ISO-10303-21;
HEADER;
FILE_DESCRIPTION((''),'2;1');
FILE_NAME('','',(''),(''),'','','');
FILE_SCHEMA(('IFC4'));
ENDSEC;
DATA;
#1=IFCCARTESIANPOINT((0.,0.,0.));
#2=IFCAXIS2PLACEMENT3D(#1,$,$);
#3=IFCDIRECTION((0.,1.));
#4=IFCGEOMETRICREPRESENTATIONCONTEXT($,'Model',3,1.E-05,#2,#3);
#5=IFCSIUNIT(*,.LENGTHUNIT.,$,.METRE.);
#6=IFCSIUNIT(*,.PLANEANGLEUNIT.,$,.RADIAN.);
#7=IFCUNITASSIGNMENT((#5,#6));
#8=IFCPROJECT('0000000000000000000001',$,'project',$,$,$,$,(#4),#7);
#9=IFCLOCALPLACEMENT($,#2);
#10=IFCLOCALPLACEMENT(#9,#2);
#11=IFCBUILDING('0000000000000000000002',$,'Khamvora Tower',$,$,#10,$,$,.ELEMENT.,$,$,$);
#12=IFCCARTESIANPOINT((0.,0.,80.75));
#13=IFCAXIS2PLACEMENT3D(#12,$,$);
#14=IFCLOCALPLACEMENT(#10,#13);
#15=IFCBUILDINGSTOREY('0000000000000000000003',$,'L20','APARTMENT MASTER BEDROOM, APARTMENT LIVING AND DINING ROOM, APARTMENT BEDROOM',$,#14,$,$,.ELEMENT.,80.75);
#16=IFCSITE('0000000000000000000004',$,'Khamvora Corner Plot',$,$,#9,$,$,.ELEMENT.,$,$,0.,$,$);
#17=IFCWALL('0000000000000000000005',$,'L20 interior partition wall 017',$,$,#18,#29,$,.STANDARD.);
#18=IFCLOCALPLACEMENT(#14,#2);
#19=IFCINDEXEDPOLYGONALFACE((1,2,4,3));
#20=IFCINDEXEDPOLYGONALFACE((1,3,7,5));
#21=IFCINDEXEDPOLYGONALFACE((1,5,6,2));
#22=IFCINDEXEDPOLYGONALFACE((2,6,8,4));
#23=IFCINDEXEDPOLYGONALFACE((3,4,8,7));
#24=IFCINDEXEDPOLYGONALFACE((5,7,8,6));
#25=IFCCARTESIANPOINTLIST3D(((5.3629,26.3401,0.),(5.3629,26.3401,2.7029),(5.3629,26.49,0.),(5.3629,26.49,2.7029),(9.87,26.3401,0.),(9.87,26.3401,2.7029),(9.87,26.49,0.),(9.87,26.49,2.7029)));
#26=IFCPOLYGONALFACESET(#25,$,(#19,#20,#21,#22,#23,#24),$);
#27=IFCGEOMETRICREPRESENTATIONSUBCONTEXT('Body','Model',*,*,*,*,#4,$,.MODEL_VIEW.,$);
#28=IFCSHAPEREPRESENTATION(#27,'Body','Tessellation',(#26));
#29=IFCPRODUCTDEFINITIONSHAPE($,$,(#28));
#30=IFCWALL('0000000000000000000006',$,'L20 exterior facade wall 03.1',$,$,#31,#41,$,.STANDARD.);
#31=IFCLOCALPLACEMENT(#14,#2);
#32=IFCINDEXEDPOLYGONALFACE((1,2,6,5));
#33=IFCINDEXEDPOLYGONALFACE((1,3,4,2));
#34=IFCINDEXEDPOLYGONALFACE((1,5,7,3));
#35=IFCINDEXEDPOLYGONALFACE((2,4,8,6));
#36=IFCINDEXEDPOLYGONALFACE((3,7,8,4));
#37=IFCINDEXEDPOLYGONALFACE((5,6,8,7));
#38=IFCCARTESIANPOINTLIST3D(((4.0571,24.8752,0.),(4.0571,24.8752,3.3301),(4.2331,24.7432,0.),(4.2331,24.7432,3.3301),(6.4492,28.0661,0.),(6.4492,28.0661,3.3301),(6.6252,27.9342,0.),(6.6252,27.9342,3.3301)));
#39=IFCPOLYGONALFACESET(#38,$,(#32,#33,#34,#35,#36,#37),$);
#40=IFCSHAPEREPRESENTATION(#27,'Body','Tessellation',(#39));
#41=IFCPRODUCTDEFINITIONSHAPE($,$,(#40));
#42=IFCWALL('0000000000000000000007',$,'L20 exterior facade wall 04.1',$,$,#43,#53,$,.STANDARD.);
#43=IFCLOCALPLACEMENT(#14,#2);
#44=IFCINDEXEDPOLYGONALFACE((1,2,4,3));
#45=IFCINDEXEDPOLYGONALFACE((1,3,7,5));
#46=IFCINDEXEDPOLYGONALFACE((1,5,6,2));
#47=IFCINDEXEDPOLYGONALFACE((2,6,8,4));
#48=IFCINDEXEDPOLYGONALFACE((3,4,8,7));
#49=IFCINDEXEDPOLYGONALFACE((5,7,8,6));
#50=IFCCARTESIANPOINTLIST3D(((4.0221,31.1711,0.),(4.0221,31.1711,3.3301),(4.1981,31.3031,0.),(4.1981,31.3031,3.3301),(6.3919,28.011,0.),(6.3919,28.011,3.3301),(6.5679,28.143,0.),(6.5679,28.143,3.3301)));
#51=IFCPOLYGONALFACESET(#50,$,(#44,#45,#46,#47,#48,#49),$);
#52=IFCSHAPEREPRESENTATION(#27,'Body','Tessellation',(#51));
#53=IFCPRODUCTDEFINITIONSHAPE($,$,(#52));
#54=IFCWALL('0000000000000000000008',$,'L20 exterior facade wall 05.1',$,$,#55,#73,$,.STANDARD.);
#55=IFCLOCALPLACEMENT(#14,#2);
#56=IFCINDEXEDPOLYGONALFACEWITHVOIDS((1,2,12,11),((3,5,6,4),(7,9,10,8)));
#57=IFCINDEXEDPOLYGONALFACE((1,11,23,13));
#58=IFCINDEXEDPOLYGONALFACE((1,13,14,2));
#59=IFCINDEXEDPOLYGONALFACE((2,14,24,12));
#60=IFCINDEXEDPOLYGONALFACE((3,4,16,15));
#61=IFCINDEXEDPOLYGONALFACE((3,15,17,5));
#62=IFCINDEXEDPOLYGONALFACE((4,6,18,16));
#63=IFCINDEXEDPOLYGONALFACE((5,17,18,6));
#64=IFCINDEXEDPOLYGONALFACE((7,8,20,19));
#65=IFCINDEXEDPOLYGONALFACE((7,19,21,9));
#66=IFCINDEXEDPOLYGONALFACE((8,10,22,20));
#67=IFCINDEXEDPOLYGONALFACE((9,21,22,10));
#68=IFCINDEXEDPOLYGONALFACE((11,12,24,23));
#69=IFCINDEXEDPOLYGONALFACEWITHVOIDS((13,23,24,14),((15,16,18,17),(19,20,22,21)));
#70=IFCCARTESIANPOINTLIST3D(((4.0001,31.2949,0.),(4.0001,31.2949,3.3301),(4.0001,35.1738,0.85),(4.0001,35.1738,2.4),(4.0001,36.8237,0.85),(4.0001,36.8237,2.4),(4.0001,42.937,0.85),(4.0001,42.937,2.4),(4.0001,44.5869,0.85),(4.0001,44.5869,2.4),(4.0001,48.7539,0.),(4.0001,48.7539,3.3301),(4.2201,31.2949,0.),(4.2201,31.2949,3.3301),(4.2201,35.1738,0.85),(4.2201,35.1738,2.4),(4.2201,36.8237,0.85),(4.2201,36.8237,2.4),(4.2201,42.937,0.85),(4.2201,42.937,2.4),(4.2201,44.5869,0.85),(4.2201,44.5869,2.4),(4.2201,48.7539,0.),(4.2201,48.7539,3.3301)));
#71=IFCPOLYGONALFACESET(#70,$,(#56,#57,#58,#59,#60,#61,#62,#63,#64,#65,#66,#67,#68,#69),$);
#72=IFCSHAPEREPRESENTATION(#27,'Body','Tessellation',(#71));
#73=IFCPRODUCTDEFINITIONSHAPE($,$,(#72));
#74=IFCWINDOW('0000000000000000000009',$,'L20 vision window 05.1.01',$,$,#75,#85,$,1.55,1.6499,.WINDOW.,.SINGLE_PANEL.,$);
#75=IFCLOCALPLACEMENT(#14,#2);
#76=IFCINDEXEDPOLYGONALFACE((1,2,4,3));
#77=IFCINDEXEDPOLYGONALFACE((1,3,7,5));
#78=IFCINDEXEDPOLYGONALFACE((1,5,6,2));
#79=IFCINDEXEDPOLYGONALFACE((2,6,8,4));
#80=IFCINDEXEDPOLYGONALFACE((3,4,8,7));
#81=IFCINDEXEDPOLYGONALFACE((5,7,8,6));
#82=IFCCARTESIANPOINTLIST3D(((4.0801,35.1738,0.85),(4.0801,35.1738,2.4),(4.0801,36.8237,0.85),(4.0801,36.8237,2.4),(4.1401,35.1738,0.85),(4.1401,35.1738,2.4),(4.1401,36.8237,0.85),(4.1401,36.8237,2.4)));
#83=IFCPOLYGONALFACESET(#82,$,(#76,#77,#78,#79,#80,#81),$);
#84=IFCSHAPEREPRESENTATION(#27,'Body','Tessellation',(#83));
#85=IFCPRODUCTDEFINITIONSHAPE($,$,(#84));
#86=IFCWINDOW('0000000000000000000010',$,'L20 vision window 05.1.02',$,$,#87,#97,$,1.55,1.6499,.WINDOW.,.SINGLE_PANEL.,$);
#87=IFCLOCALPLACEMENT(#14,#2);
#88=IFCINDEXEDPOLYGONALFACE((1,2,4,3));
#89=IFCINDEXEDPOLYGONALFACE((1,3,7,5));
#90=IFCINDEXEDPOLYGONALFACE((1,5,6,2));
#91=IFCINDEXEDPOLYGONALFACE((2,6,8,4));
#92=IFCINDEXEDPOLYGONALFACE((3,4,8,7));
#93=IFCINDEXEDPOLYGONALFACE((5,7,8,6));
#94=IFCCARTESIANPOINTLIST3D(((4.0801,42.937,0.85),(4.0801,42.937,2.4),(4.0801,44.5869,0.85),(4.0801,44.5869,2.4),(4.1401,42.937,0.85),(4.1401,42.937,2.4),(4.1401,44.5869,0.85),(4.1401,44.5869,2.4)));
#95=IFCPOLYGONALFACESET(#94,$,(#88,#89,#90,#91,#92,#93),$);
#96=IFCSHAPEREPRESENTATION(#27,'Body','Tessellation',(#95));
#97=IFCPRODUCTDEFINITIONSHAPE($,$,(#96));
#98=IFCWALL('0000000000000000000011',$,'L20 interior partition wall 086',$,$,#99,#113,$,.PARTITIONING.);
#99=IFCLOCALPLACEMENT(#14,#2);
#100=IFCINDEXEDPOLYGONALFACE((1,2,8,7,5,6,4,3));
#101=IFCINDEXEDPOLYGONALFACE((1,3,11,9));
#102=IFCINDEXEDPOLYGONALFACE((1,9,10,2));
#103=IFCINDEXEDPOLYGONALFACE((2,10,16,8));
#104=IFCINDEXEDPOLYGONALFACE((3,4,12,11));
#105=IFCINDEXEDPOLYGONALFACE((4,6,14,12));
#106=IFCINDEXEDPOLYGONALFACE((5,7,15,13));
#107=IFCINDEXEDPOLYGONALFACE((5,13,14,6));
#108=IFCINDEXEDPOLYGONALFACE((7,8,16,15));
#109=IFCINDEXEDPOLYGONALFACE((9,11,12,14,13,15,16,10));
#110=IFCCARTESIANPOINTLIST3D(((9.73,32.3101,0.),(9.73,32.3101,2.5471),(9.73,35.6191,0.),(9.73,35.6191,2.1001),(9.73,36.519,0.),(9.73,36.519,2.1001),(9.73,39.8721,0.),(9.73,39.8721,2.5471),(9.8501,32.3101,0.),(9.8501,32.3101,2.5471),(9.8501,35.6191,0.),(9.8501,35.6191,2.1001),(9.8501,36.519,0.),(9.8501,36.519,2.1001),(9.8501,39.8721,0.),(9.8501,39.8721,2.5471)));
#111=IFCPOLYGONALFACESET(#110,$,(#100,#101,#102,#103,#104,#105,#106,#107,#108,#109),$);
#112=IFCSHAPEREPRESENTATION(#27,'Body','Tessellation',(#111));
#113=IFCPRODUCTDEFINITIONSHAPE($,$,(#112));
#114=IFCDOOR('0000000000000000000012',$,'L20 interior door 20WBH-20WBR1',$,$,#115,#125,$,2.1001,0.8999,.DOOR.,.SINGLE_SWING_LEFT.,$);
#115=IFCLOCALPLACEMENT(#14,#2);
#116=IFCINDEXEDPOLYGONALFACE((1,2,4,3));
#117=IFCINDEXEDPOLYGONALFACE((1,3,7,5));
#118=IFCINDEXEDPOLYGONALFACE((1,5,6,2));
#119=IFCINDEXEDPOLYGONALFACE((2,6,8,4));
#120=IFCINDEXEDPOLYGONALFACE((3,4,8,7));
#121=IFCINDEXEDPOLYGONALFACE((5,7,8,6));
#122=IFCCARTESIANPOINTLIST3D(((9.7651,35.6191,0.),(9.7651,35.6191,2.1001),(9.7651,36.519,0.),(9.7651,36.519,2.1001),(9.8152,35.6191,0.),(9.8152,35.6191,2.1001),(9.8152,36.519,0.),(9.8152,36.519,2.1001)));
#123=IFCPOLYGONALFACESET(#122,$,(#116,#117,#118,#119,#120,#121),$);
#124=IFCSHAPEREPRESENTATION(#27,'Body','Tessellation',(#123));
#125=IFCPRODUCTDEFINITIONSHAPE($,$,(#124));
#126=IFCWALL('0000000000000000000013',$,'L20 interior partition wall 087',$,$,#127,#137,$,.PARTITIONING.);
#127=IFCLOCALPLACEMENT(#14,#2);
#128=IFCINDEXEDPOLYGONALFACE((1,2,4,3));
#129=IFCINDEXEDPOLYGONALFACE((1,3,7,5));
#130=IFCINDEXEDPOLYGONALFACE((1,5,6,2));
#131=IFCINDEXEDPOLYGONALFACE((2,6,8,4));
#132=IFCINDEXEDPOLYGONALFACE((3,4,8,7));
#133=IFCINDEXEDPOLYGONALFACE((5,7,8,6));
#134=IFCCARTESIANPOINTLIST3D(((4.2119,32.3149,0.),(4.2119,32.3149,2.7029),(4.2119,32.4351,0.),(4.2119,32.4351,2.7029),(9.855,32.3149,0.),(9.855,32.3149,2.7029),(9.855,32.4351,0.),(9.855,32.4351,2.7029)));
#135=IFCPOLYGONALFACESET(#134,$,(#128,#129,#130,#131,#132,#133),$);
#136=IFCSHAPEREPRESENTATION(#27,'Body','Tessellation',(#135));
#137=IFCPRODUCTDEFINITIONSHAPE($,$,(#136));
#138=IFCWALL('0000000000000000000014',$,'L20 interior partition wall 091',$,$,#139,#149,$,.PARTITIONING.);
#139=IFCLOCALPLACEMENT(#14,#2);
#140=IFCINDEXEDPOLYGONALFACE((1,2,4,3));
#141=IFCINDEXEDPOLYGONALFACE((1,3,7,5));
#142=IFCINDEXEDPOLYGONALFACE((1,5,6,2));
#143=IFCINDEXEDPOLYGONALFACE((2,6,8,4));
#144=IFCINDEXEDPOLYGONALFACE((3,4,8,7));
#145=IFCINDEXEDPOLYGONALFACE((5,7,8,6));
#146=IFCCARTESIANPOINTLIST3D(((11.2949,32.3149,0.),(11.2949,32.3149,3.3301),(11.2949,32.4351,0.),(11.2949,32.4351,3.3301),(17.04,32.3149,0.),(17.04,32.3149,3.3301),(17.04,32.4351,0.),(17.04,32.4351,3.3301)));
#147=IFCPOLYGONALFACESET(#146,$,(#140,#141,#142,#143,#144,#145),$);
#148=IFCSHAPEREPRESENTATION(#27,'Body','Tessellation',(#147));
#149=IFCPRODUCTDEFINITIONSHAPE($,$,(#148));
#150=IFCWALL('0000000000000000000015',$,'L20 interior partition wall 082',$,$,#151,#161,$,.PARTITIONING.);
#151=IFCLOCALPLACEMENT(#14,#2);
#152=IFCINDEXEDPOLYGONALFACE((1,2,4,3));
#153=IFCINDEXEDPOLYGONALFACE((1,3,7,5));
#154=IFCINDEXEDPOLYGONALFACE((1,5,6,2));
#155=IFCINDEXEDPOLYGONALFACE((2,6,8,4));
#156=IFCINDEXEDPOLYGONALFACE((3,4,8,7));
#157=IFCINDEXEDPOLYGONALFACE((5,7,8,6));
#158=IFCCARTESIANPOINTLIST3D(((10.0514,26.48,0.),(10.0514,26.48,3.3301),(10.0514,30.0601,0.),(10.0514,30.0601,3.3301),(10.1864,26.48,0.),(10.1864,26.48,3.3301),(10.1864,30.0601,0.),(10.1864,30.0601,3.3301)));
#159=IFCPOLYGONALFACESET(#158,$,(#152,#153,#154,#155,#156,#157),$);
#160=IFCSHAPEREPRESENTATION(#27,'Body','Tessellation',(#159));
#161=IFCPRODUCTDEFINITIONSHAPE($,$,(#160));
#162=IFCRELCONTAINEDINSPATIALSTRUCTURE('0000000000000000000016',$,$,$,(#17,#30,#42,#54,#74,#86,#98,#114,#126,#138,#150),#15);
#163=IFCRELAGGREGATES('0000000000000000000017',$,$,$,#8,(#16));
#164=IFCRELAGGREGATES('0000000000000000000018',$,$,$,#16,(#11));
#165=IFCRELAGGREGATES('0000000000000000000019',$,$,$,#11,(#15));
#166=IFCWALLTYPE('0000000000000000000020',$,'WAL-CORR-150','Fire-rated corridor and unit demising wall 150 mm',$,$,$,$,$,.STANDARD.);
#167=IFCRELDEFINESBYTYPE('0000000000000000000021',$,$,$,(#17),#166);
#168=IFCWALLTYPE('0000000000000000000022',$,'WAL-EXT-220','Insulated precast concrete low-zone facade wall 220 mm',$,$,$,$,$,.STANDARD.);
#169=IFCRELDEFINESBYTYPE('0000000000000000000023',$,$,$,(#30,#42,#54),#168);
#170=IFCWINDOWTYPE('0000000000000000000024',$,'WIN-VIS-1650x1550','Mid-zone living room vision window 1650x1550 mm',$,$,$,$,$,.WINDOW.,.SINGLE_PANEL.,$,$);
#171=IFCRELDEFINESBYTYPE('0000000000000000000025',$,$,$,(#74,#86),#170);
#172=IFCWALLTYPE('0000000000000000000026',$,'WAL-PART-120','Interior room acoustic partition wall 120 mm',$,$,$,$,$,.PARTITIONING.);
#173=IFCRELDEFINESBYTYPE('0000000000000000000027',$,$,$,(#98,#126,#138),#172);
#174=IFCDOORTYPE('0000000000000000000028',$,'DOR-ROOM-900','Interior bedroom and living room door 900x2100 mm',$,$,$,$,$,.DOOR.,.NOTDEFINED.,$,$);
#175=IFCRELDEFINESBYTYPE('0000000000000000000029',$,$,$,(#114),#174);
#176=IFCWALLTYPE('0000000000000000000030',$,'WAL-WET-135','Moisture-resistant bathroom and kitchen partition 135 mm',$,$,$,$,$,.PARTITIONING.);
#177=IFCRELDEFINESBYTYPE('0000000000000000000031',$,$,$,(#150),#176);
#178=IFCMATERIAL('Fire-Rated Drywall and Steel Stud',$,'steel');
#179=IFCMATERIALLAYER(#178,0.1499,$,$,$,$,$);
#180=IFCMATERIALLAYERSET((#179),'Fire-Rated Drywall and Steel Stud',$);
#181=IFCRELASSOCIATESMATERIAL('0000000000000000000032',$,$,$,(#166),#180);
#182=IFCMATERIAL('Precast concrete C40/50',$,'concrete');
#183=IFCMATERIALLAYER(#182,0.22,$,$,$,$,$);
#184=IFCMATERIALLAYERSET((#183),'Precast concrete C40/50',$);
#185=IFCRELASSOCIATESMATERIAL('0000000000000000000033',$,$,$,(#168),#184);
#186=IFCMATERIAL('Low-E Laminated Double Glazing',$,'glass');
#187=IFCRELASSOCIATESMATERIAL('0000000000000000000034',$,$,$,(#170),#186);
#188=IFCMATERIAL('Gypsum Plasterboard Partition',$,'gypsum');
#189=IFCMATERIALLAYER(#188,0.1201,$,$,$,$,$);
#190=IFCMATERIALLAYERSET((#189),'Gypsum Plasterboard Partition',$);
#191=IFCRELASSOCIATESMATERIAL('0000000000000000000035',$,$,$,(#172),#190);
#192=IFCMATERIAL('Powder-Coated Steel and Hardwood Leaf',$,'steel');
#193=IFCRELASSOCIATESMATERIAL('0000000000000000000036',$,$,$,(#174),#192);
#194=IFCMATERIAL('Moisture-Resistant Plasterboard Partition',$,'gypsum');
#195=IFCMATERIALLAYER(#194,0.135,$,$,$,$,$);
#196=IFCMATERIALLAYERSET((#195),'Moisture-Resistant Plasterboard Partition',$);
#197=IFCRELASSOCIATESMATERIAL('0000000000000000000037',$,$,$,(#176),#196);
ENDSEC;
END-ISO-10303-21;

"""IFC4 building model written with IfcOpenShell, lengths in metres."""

from ifc_helpers import new_model, si_unit, direction, frame, frame_2d, origin, place, context, subcontext, project, spatial, rectangle, extrude, material, layer, layer_set, type_object, element, fill, save


model = new_model("IFC4")

# Units and contexts
model_context = context("Model", 3, precision=1e-05, world=origin(), true_north=direction((0.0, 1.0)))
body_context = subcontext(model_context, "Body", "Model", "MODEL_VIEW")
ifc_project = project(units=[si_unit("LENGTHUNIT", "METRE"), si_unit("PLANEANGLEUNIT", "RADIAN")], contexts=[model_context])

# Site, building, storey
site_placement = place(None, origin())
site = spatial("IfcSite", under=ifc_project, at=site_placement, Name="Khamvora Corner Plot", CompositionType="ELEMENT", RefElevation=0.0)
building_placement = place(site_placement, origin())
building = spatial("IfcBuilding", under=site, at=building_placement, Name="Khamvora Tower", CompositionType="ELEMENT")
storey_placement = place(building_placement, frame((0.0, 0.0, 80.75)))
storey = spatial("IfcBuildingStorey", under=building, at=storey_placement, Name="L20", Description="APARTMENT MASTER BEDROOM, APARTMENT LIVING AND DINING ROOM, APARTMENT BEDROOM", CompositionType="ELEMENT", Elevation=80.75)

# Shared definitions
ifc_material_1 = material(Name="Fire-Rated Drywall and Steel Stud", Category="steel")
ifc_layer_1 = layer(ifc_material_1, 0.1499)
ifc_layer_set_1 = layer_set([ifc_layer_1], Name="Fire-Rated Drywall and Steel Stud")
wall_type_1 = type_object("IfcWallType", Name="WAL-CORR-150", Description="Fire-rated corridor and unit demising wall 150 mm", PredefinedType="STANDARD", material=ifc_layer_set_1)
ifc_material_2 = material(Name="Powder-Coated Steel and Hardwood Leaf", Category="steel")

# Walls
wall_1_placement = place(storey_placement, frame((5.363, 26.415, 0.0), z_axis=(0.0, 0.0, 1.0), x_axis=(1.0, 0.0, 0.0)))
element("IfcWall", 1, at=wall_1_placement, inside=storey, type_object=wall_type_1, Name="L20 interior partition wall 017", PredefinedType="STANDARD", context=body_context, shape_type="SweptSolid", body=[
    extrude(rectangle(XDim=4.5071, YDim=0.1499, at=frame_2d((2.2534, 0.0))), origin(), (0.0, 0.0, 1.0), 2.7029),
])
ifc_material_3 = material(Name="Precast concrete C40/50", Category="concrete")
ifc_layer_2 = layer(ifc_material_3, 0.22)
ifc_layer_set_2 = layer_set([ifc_layer_2], Name="Precast concrete C40/50")
wall_type_2 = type_object("IfcWallType", Name="WAL-EXT-220", Description="Insulated precast concrete low-zone facade wall 220 mm", PredefinedType="STANDARD", material=ifc_layer_set_2)
wall_2_placement = place(storey_placement, frame((4.145, 24.8091, 0.0), z_axis=(0.0, 0.0, 1.0), x_axis=(0.599824, 0.800132, 0.0)))
element("IfcWall", 2, at=wall_2_placement, inside=storey, type_object=wall_type_2, Name="L20 exterior facade wall 03.1", PredefinedType="STANDARD", context=body_context, shape_type="SweptSolid", body=[
    extrude(rectangle(XDim=3.988, YDim=0.22, at=frame_2d((1.9941, 0.0))), origin(), (0.0, 0.0, 1.0), 3.3301),
])
wall_3_placement = place(storey_placement, frame((6.48, 28.0769, 0.0), z_axis=(0.0, 0.0, 1.0), x_axis=(-0.59996, 0.80003, 0.0)))
element("IfcWall", 3, at=wall_3_placement, inside=storey, type_object=wall_type_2, Name="L20 exterior facade wall 04.1", PredefinedType="STANDARD", context=body_context, shape_type="SweptSolid", body=[
    extrude(rectangle(XDim=3.95, YDim=0.22, at=frame_2d((1.9751, 0.0))), origin(), (0.0, 0.0, 1.0), 3.3301),
])

# Wall, openings, windows
wall_4_placement = place(storey_placement, frame((4.1101, 31.2949, 0.0), z_axis=(0.0, 0.0, 1.0), x_axis=(0.0, 1.0, 0.0)))
wall_4 = element("IfcWall", 4, at=wall_4_placement, inside=storey, type_object=wall_type_2, Name="L20 exterior facade wall 05.1", PredefinedType="STANDARD", context=body_context, shape_type="SweptSolid", body=[
    extrude(rectangle(XDim=17.459, YDim=0.22, at=frame_2d((8.7295, 0.0))), origin(), (0.0, 0.0, 1.0), 3.3301),
])
opening_1_placement = place(wall_4_placement, frame((3.8789, 0.0, 0.8501)))
opening_1 = element("IfcOpeningElement", 5, at=opening_1_placement, cuts=wall_4, PredefinedType="OPENING", context=body_context, shape_type="SweptSolid", body=[
    extrude(rectangle(XDim=1.6499, YDim=1.55, at=frame_2d((0.825, 0.7749))), frame((0.0, 0.1199, 0.0), z_axis=(0.0, -1.0, 0.0), x_axis=(1.0, 0.0, 0.0)), (0.0, 0.0, 1.0), 0.24),
])
opening_2_placement = place(wall_4_placement, frame((11.6421, 0.0, 0.8501)))
opening_2 = element("IfcOpeningElement", 6, at=opening_2_placement, cuts=wall_4, PredefinedType="OPENING", context=body_context, shape_type="SweptSolid", body=[
    extrude(rectangle(XDim=1.6499, YDim=1.55, at=frame_2d((0.825, 0.7749))), frame((0.0, 0.1199, 0.0), z_axis=(0.0, -1.0, 0.0), x_axis=(1.0, 0.0, 0.0)), (0.0, 0.0, 1.0), 0.24),
])
ifc_material_4 = material(Name="Low-E Laminated Double Glazing", Category="glass")
window_type = type_object("IfcWindowType", Name="WIN-VIS-1650x1550", Description="Mid-zone living room vision window 1650x1550 mm", PartitioningType="SINGLE_PANEL", PredefinedType="WINDOW", material=ifc_material_4)
window_1_placement = place(opening_1_placement, origin())
window_1 = element("IfcWindow", 7, at=window_1_placement, inside=storey, type_object=window_type, Name="L20 vision window 05.1.01", OverallHeight=1.55, OverallWidth=1.6499, PartitioningType="SINGLE_PANEL", PredefinedType="WINDOW", context=body_context, shape_type="SweptSolid", body=[
    extrude(rectangle(XDim=1.6499, YDim=1.55, at=frame_2d((0.825, 0.7749))), frame((0.0, 0.03, 0.0), z_axis=(0.0, -1.0, 0.0), x_axis=(1.0, 0.0, 0.0)), (0.0, 0.0, 1.0), 0.0601),
])
fill(opening_1, window_1)
window_2_placement = place(opening_2_placement, origin())
window_2 = element("IfcWindow", 8, at=window_2_placement, inside=storey, type_object=window_type, Name="L20 vision window 05.1.02", OverallHeight=1.55, OverallWidth=1.6499, PartitioningType="SINGLE_PANEL", PredefinedType="WINDOW", context=body_context, shape_type="SweptSolid", body=[
    extrude(rectangle(XDim=1.6499, YDim=1.55, at=frame_2d((0.825, 0.7749))), frame((0.0, 0.03, 0.0), z_axis=(0.0, -1.0, 0.0), x_axis=(1.0, 0.0, 0.0)), (0.0, 0.0, 1.0), 0.0601),
])
fill(opening_2, window_2)

# Wall, opening, door
ifc_material_5 = material(Name="Gypsum Plasterboard Partition", Category="gypsum")
ifc_layer_3 = layer(ifc_material_5, 0.1201)
ifc_layer_set_3 = layer_set([ifc_layer_3], Name="Gypsum Plasterboard Partition")
wall_type_3 = type_object("IfcWallType", Name="WAL-PART-120", Description="Interior room acoustic partition wall 120 mm", PredefinedType="PARTITIONING", material=ifc_layer_set_3)
wall_5_placement = place(storey_placement, frame((9.79, 32.3101, 0.0), z_axis=(0.0, 0.0, 1.0), x_axis=(0.0, 1.0, 0.0)))
wall_5 = element("IfcWall", 9, at=wall_5_placement, inside=storey, type_object=wall_type_3, Name="L20 interior partition wall 086", PredefinedType="PARTITIONING", context=body_context, shape_type="SweptSolid", body=[
    extrude(rectangle(XDim=7.562, YDim=0.1201, at=frame_2d((3.781, 0.0))), origin(), (0.0, 0.0, 1.0), 2.5471),
])
opening_3_placement = place(wall_5_placement, frame((3.3091, 0.0, 0.0)))
opening_3 = element("IfcOpeningElement", 10, at=opening_3_placement, cuts=wall_5, PredefinedType="OPENING", context=body_context, shape_type="SweptSolid", body=[
    extrude(rectangle(XDim=0.8999, YDim=2.1001, at=frame_2d((0.45, 1.05))), frame((0.0, 0.0701, 0.0), z_axis=(0.0, -1.0, 0.0), x_axis=(1.0, 0.0, 0.0)), (0.0, 0.0, 1.0), 0.1401),
])
door_type_1 = type_object("IfcDoorType", Name="DOR-ROOM-900", Description="Interior bedroom and living room door 900x2100 mm", OperationType="NOTDEFINED", PredefinedType="DOOR", material=ifc_material_2)
door_1_placement = place(opening_3_placement, origin())
door_1 = element("IfcDoor", 11, at=door_1_placement, inside=storey, type_object=door_type_1, Name="L20 interior door 20WBH-20WBR1", OperationType="SINGLE_SWING_LEFT", OverallHeight=2.1001, OverallWidth=0.8999, PredefinedType="DOOR", context=body_context, shape_type="SweptSolid", body=[
    extrude(rectangle(XDim=0.8999, YDim=2.1001, at=frame_2d((0.45, 1.05))), frame((0.0, 0.0249, 0.0), z_axis=(0.0, -1.0, 0.0), x_axis=(1.0, 0.0, 0.0)), (0.0, 0.0, 1.0), 0.05),
])
fill(opening_3, door_1)

# Walls
wall_6_placement = place(storey_placement, frame((4.2119, 32.375, 0.0), z_axis=(0.0, 0.0, 1.0), x_axis=(1.0, 0.0, 0.0)))
element("IfcWall", 12, at=wall_6_placement, inside=storey, type_object=wall_type_3, Name="L20 interior partition wall 087", PredefinedType="PARTITIONING", context=body_context, shape_type="SweptSolid", body=[
    extrude(rectangle(XDim=5.6431, YDim=0.1201, at=frame_2d((2.8215, 0.0))), origin(), (0.0, 0.0, 1.0), 2.7029),
])
wall_7_placement = place(storey_placement, frame((11.2949, 32.375, 0.0), z_axis=(0.0, 0.0, 1.0), x_axis=(1.0, 0.0, 0.0)))
element("IfcWall", 13, at=wall_7_placement, inside=storey, type_object=wall_type_3, Name="L20 interior partition wall 091", PredefinedType="PARTITIONING", context=body_context, shape_type="SweptSolid", body=[
    extrude(rectangle(XDim=5.7451, YDim=0.1201, at=frame_2d((2.8726, 0.0))), origin(), (0.0, 0.0, 1.0), 3.3301),
])
ifc_material_6 = material(Name="Moisture-Resistant Plasterboard Partition", Category="gypsum")
ifc_layer_4 = layer(ifc_material_6, 0.135)
ifc_layer_set_4 = layer_set([ifc_layer_4], Name="Moisture-Resistant Plasterboard Partition")
wall_type_4 = type_object("IfcWallType", Name="WAL-WET-135", Description="Moisture-resistant bathroom and kitchen partition 135 mm", PredefinedType="PARTITIONING", material=ifc_layer_set_4)
wall_8_placement = place(storey_placement, frame((10.1189, 26.48, 0.0), z_axis=(0.0, 0.0, 1.0), x_axis=(0.0, 1.0, 0.0)))
element("IfcWall", 14, at=wall_8_placement, inside=storey, type_object=wall_type_4, Name="L20 interior partition wall 082", PredefinedType="PARTITIONING", context=body_context, shape_type="SweptSolid", body=[
    extrude(rectangle(XDim=3.5801, YDim=0.135, at=frame_2d((1.79, 0.0))), origin(), (0.0, 0.0, 1.0), 3.3301),
])

save(model, "model.ifc")
